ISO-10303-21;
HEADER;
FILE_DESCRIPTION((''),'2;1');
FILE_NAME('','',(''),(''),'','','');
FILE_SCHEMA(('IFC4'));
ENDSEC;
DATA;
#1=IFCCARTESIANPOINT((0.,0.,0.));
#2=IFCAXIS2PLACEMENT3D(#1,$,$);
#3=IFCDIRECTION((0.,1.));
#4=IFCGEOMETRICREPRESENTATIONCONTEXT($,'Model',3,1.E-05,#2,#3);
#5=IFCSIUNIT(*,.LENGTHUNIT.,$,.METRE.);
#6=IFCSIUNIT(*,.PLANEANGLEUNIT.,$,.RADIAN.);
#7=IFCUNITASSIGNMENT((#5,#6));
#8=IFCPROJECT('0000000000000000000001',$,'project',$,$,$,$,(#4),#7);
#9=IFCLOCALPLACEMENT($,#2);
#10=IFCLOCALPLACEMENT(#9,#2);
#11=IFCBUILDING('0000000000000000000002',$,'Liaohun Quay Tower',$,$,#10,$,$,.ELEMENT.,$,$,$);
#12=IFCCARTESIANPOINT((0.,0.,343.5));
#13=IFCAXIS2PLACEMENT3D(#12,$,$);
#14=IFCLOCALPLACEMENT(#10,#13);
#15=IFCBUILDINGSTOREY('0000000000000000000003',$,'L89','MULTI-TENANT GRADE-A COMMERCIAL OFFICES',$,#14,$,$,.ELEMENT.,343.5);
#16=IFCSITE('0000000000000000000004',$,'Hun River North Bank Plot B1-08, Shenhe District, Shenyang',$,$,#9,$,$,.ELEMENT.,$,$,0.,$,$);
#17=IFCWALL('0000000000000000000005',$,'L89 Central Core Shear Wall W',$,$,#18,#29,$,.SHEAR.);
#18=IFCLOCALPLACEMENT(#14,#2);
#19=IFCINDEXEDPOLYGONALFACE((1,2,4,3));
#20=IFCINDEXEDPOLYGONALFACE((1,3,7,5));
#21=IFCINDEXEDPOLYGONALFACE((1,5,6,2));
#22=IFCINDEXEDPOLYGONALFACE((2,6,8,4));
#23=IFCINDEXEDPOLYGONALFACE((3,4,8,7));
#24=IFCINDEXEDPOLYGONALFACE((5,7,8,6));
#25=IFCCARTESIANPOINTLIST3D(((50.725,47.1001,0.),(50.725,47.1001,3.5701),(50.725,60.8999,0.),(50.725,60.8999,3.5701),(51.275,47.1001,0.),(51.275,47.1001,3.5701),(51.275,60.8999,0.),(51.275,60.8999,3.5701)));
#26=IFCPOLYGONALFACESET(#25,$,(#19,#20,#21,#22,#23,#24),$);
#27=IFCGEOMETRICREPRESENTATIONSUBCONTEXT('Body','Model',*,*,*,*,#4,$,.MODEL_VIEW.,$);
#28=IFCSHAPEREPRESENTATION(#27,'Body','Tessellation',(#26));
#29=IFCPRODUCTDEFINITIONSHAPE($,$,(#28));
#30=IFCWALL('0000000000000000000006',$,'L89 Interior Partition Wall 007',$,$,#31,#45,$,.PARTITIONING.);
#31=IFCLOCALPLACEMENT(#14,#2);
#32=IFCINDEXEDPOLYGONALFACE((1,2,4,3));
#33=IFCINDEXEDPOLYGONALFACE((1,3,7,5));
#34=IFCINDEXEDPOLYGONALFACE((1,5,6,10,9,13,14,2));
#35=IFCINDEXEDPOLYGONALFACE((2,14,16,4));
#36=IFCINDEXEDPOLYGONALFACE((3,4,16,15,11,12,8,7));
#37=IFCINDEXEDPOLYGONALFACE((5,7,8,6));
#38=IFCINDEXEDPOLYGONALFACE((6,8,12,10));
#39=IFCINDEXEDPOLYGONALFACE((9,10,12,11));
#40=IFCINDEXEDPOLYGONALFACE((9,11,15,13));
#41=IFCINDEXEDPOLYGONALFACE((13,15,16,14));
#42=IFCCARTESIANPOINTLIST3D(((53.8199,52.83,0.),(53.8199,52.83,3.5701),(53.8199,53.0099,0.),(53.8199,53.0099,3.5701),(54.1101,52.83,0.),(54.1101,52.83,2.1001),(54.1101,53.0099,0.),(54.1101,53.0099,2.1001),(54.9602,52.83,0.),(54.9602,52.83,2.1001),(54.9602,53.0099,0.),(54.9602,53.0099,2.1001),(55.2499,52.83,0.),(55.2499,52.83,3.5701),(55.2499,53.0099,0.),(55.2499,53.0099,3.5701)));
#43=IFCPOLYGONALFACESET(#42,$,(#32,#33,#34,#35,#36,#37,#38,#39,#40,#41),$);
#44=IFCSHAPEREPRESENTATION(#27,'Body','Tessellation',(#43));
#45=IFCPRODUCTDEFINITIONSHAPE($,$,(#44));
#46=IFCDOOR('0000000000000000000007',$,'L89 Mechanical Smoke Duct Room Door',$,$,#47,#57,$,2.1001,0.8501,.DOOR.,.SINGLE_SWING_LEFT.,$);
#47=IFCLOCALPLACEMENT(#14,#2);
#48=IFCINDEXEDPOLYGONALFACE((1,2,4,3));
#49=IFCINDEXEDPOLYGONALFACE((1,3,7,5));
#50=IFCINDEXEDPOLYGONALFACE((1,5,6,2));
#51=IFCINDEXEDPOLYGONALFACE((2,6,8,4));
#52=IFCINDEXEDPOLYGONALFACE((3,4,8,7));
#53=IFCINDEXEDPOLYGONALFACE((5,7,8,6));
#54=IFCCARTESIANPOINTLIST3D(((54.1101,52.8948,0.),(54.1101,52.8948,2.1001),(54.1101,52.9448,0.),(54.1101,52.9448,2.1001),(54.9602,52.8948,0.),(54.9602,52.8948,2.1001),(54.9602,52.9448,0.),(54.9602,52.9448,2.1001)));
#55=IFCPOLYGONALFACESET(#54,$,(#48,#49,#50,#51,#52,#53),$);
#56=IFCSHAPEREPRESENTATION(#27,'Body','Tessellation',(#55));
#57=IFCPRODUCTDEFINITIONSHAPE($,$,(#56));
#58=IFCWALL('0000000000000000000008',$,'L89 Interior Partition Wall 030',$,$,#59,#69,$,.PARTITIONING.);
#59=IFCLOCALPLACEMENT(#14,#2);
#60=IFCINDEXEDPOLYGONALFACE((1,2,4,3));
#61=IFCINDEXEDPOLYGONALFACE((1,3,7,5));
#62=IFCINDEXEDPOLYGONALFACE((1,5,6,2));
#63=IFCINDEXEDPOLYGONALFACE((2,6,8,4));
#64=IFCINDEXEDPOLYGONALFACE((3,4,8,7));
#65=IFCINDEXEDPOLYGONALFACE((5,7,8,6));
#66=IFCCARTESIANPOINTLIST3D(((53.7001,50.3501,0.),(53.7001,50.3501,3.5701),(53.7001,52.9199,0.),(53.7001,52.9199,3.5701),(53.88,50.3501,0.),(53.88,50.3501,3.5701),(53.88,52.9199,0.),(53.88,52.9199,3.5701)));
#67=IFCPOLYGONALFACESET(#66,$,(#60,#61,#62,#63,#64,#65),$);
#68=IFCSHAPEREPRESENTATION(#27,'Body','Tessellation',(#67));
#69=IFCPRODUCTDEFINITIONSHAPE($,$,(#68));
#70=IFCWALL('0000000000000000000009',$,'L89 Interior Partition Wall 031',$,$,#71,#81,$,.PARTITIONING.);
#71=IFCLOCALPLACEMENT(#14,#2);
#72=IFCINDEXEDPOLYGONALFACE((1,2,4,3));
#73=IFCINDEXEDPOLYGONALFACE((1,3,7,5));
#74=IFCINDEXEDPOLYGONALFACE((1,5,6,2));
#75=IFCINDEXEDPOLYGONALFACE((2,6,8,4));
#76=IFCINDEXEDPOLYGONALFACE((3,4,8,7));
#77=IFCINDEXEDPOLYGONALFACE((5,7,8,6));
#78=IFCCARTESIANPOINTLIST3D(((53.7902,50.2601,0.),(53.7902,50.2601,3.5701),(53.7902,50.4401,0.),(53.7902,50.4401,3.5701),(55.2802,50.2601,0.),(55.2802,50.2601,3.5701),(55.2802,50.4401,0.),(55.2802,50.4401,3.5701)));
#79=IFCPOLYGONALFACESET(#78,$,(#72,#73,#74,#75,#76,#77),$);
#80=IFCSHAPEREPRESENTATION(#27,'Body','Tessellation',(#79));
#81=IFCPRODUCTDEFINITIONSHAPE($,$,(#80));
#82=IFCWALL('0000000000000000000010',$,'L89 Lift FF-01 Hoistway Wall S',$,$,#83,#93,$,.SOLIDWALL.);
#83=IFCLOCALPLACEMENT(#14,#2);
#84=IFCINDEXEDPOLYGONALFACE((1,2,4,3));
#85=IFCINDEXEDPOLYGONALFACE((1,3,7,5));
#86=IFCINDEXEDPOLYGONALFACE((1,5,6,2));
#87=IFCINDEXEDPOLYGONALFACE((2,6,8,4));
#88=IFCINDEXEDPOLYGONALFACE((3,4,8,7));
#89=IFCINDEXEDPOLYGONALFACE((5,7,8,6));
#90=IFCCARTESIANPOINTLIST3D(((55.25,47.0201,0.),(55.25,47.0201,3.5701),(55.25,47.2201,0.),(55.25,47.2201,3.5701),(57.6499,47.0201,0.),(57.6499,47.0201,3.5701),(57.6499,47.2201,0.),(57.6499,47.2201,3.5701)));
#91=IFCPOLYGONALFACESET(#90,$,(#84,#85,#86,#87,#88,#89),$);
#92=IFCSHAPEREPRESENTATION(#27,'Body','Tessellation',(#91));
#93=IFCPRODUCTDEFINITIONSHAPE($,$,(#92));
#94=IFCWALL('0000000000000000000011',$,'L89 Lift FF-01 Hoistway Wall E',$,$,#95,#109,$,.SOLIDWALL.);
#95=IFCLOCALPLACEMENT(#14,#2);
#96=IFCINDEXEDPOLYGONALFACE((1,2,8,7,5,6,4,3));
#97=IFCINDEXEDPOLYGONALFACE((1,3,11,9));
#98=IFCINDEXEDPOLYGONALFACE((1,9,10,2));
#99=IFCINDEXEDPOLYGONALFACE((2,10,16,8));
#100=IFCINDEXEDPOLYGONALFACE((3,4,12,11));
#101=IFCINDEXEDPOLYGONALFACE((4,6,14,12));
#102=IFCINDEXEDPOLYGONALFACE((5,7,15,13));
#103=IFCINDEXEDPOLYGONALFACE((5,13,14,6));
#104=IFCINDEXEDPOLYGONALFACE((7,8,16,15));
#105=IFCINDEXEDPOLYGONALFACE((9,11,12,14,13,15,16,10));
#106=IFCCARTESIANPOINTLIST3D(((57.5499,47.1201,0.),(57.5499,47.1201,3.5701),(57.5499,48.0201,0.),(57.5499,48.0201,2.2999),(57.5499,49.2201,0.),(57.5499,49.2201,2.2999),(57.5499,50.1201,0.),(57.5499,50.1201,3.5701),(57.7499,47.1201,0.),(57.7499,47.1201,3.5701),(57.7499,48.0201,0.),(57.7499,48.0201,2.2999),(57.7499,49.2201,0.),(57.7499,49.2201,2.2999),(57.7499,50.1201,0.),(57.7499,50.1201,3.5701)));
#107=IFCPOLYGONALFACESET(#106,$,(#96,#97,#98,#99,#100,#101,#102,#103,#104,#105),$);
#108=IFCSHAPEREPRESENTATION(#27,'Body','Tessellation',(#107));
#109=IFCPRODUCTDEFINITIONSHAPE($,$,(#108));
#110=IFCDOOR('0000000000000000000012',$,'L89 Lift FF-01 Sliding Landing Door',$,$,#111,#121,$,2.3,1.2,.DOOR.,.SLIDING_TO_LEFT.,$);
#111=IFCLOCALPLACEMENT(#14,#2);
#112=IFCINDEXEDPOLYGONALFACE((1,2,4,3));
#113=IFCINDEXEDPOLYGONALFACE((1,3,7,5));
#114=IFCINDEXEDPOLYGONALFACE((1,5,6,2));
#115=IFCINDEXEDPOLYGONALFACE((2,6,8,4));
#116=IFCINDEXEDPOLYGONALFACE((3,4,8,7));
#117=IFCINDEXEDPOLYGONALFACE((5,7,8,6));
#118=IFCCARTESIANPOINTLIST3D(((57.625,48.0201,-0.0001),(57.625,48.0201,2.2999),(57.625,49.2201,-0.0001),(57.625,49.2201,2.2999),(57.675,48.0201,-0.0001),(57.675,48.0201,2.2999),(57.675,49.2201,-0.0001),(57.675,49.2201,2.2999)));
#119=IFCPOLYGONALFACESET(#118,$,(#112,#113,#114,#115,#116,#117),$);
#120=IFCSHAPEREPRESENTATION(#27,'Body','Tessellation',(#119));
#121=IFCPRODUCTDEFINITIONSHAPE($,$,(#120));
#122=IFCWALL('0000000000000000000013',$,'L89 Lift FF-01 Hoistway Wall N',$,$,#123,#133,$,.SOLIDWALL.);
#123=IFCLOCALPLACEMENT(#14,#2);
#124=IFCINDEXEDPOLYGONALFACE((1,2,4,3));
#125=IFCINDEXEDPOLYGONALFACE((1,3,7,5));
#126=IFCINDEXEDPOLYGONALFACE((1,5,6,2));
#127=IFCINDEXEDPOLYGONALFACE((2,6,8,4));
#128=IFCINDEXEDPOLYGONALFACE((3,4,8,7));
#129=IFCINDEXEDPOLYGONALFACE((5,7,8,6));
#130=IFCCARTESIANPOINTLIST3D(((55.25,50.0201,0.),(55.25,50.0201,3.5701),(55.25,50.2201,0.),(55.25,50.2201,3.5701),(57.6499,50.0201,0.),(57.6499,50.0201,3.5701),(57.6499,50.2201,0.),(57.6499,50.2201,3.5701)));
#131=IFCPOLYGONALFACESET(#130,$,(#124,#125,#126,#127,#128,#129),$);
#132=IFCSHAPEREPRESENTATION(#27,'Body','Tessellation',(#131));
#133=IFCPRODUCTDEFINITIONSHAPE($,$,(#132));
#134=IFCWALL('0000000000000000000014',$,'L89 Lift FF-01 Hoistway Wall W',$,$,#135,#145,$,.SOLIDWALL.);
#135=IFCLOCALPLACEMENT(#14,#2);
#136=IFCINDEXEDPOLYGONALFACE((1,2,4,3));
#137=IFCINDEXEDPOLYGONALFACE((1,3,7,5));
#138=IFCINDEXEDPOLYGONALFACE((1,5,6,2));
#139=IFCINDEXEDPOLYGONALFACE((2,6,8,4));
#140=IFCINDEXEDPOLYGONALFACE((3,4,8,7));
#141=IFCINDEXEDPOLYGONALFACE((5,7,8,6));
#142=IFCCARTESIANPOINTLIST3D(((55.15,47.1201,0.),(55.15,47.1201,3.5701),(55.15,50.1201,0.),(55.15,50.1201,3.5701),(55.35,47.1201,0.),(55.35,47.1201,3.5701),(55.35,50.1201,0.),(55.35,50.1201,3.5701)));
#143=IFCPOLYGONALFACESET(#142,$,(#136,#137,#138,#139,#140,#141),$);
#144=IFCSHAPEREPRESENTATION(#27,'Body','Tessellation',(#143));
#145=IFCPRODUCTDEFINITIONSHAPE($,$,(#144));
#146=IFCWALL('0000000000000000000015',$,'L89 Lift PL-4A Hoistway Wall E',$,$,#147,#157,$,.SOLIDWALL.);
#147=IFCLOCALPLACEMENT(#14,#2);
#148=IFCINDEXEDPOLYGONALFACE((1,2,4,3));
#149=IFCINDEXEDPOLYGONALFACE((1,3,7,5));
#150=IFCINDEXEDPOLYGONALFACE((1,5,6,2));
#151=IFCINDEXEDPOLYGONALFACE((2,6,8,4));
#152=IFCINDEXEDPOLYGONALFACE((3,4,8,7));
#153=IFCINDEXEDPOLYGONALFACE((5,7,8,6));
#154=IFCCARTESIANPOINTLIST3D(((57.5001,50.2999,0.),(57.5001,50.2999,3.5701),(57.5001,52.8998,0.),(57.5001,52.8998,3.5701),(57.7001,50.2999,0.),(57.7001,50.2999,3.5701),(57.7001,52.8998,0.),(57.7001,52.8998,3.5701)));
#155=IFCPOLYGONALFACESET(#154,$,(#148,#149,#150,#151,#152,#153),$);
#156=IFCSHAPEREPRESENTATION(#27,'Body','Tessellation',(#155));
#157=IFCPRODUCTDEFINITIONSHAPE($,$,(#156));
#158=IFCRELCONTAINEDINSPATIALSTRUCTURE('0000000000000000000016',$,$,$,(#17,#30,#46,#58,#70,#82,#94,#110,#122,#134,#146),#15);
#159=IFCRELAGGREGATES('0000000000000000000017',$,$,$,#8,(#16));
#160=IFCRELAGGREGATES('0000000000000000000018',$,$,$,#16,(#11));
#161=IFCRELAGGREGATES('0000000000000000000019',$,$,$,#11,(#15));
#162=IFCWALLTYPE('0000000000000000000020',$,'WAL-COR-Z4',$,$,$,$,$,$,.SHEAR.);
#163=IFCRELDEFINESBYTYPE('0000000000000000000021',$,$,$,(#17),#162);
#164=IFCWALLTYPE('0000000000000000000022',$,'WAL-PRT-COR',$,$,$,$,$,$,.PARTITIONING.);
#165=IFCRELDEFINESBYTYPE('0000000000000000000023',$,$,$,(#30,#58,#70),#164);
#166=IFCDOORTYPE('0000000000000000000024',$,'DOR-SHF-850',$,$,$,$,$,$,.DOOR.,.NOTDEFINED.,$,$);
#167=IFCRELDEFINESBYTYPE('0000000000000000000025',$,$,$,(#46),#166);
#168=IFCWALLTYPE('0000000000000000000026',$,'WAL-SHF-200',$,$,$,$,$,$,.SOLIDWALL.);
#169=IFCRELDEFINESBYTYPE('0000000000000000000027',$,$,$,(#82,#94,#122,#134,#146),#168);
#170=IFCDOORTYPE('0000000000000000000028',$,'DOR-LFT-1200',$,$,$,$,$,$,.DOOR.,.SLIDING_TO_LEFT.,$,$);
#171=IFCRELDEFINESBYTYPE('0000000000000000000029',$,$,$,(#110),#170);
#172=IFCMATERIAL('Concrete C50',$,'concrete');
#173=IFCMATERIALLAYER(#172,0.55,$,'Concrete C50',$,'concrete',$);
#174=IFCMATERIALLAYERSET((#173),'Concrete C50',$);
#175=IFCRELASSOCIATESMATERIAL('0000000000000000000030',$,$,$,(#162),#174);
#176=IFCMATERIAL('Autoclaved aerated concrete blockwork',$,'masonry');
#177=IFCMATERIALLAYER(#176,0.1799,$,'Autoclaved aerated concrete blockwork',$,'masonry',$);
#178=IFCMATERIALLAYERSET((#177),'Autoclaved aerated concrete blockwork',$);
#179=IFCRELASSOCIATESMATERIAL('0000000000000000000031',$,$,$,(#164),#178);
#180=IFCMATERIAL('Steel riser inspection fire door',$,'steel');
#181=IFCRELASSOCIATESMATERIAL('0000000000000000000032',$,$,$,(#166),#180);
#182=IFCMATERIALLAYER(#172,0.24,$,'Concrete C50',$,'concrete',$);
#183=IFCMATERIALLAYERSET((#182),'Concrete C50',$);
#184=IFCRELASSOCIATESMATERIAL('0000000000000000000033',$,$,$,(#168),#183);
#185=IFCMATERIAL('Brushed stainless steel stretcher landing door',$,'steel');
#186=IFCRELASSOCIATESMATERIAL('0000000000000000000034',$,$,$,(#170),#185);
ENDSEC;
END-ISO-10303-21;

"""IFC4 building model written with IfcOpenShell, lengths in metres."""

from ifc_helpers import new_model, si_unit, direction, frame, frame_2d, origin, place, context, subcontext, project, spatial, rectangle, extrude, source, transform, mapped, material, layer, layer_set, type_object, element, fill, save


model = new_model("IFC4")

# Units and contexts
model_context = context("Model", 3, precision=1e-05, world=origin(), true_north=direction((0.0, 1.0)))
body_context = subcontext(model_context, "Body", "Model", "MODEL_VIEW")
ifc_project = project(units=[si_unit("LENGTHUNIT", "METRE"), si_unit("PLANEANGLEUNIT", "RADIAN")], contexts=[model_context])

# Site, building, storey
site_placement = place(None, origin())
site = spatial("IfcSite", under=ifc_project, at=site_placement, Name="Hun River North Bank Plot B1-08, Shenhe District, Shenyang", CompositionType="ELEMENT", RefElevation=0.0)
building_placement = place(site_placement, origin())
building = spatial("IfcBuilding", under=site, at=building_placement, Name="Liaohun Quay Tower", CompositionType="ELEMENT")
storey_placement = place(building_placement, frame((0.0, 0.0, 343.5)))
storey = spatial("IfcBuildingStorey", under=building, at=storey_placement, Name="L89", Description="MULTI-TENANT GRADE-A COMMERCIAL OFFICES", CompositionType="ELEMENT", Elevation=343.5)

# Wall
ifc_material_1 = material(Name="Concrete C50", Category="concrete")
ifc_layer_1 = layer(ifc_material_1, 0.55, Name="Concrete C50", Category="concrete")
ifc_layer_set_1 = layer_set([ifc_layer_1], Name="Concrete C50")
wall_type_1 = type_object("IfcWallType", Name="WAL-COR-Z4", PredefinedType="SHEAR", material=ifc_layer_set_1)
wall_1_placement = place(storey_placement, frame((51.0, 47.1001, 0.0), z_axis=(0.0, 0.0, 1.0), x_axis=(0.0, 1.0, 0.0)))
element("IfcWall", 1, at=wall_1_placement, inside=storey, type_object=wall_type_1, Name="L89 Central Core Shear Wall W", PredefinedType="SHEAR", context=body_context, shape_type="SweptSolid", body=[
    extrude(rectangle(XDim=13.7998, YDim=0.55, at=frame_2d((6.8999, 0.0))), origin(), (0.0, 0.0, 1.0), 3.5701),
])

# Wall, opening, door
ifc_material_2 = material(Name="Autoclaved aerated concrete blockwork", Category="masonry")
ifc_layer_2 = layer(ifc_material_2, 0.1799, Name="Autoclaved aerated concrete blockwork", Category="masonry")
ifc_layer_set_2 = layer_set([ifc_layer_2], Name="Autoclaved aerated concrete blockwork")
wall_type_2 = type_object("IfcWallType", Name="WAL-PRT-COR", PredefinedType="PARTITIONING", material=ifc_layer_set_2)
wall_2_placement = place(storey_placement, frame((53.8201, 52.9199, 0.0), z_axis=(0.0, 0.0, 1.0), x_axis=(1.0, 0.0, 0.0)))
wall_2 = element("IfcWall", 2, at=wall_2_placement, inside=storey, type_object=wall_type_2, Name="L89 Interior Partition Wall 007", PredefinedType="PARTITIONING", context=body_context, shape_type="SweptSolid", body=[
    extrude(rectangle(XDim=1.4299, YDim=0.1799, at=frame_2d((0.7148, 0.0))), origin(), (0.0, 0.0, 1.0), 3.5701),
])
shared_shape_1 = source(origin(), body_context, "Body", "SweptSolid", [
    extrude(rectangle(XDim=0.8501, YDim=2.1001, at=frame_2d((0.425, 1.05))), frame((0.0, 0.0999, 0.0), z_axis=(0.0, -1.0, 0.0), x_axis=(1.0, 0.0, 0.0)), (0.0, 0.0, 1.0), 0.2),
])
opening_1_placement = place(wall_2_placement, frame((0.29, 0.0, 0.0)))
opening_1 = element("IfcOpeningElement", 3, at=opening_1_placement, cuts=wall_2, PredefinedType="OPENING", context=body_context, shape_type="MappedRepresentation", body=[
    mapped(shared_shape_1, transform((0.0, 0.0, 0.0), x_axis=(1.0, 0.0, 0.0), y_axis=(0.0, 1.0, 0.0), z_axis=(0.0, 0.0, 1.0), scale=1.0)),
])
ifc_material_3 = material(Name="Steel riser inspection fire door", Category="steel")
door_type_1 = type_object("IfcDoorType", Name="DOR-SHF-850", OperationType="NOTDEFINED", PredefinedType="DOOR", material=ifc_material_3)
shared_shape_2 = source(origin(), body_context, "Body", "SweptSolid", [
    extrude(rectangle(XDim=0.8501, YDim=2.1001, at=frame_2d((0.425, 1.05))), frame((0.0, 0.0249, 0.0), z_axis=(0.0, -1.0, 0.0), x_axis=(1.0, 0.0, 0.0)), (0.0, 0.0, 1.0), 0.05),
])
door_1_placement = place(opening_1_placement, origin())
door_1 = element("IfcDoor", 4, at=door_1_placement, inside=storey, type_object=door_type_1, Name="L89 Mechanical Smoke Duct Room Door", OperationType="SINGLE_SWING_LEFT", OverallHeight=2.1001, OverallWidth=0.8501, PredefinedType="DOOR", context=body_context, shape_type="MappedRepresentation", body=[
    mapped(shared_shape_2, transform((0.0, 0.0, 0.0), x_axis=(1.0, 0.0, 0.0), y_axis=(0.0, 1.0, 0.0), z_axis=(0.0, 0.0, 1.0), scale=1.0)),
])
fill(opening_1, door_1)

# Walls
wall_3_placement = place(storey_placement, frame((53.79, 50.3501, 0.0), z_axis=(0.0, 0.0, 1.0), x_axis=(0.0, 1.0, 0.0)))
element("IfcWall", 5, at=wall_3_placement, inside=storey, type_object=wall_type_2, Name="L89 Interior Partition Wall 030", PredefinedType="PARTITIONING", context=body_context, shape_type="SweptSolid", body=[
    extrude(rectangle(XDim=2.5698, YDim=0.1799, at=frame_2d((1.2849, 0.0))), origin(), (0.0, 0.0, 1.0), 3.5701),
])
wall_4_placement = place(storey_placement, frame((53.79, 50.3501, 0.0), z_axis=(0.0, 0.0, 1.0), x_axis=(1.0, 0.0, 0.0)))
element("IfcWall", 6, at=wall_4_placement, inside=storey, type_object=wall_type_2, Name="L89 Interior Partition Wall 031", PredefinedType="PARTITIONING", context=body_context, shape_type="SweptSolid", body=[
    extrude(rectangle(XDim=1.49, YDim=0.1799, at=frame_2d((0.7451, 0.0))), origin(), (0.0, 0.0, 1.0), 3.5701),
])
ifc_layer_3 = layer(ifc_material_1, 0.24, Name="Concrete C50", Category="concrete")
ifc_layer_set_3 = layer_set([ifc_layer_3], Name="Concrete C50")
wall_type_3 = type_object("IfcWallType", Name="WAL-SHF-200", PredefinedType="SOLIDWALL", material=ifc_layer_set_3)
wall_5_placement = place(storey_placement, frame((55.25, 47.1201, 0.0), z_axis=(0.0, 0.0, 1.0), x_axis=(1.0, 0.0, 0.0)))
element("IfcWall", 7, at=wall_5_placement, inside=storey, type_object=wall_type_3, Name="L89 Lift FF-01 Hoistway Wall S", PredefinedType="SOLIDWALL", context=body_context, shape_type="SweptSolid", body=[
    extrude(rectangle(XDim=2.3999, YDim=0.2, at=frame_2d((1.2, 0.0))), origin(), (0.0, 0.0, 1.0), 3.5701),
])

# Wall, opening, door
wall_6_placement = place(storey_placement, frame((57.6499, 47.1201, 0.0), z_axis=(0.0, 0.0, 1.0), x_axis=(0.0, 1.0, 0.0)))
wall_6 = element("IfcWall", 8, at=wall_6_placement, inside=storey, type_object=wall_type_3, Name="L89 Lift FF-01 Hoistway Wall E", PredefinedType="SOLIDWALL", context=body_context, shape_type="SweptSolid", body=[
    extrude(rectangle(XDim=3.0, YDim=0.2, at=frame_2d((1.5, 0.0))), origin(), (0.0, 0.0, 1.0), 3.5701),
])
shared_shape_3 = source(origin(), body_context, "Body", "SweptSolid", [
    extrude(rectangle(XDim=1.2, YDim=2.3, at=frame_2d((0.6001, 1.1499))), frame((0.0, 0.1099, 0.0), z_axis=(0.0, -1.0, 0.0), x_axis=(1.0, 0.0, 0.0)), (0.0, 0.0, 1.0), 0.22),
])
opening_2_placement = place(wall_6_placement, frame((0.8999, 0.0, 0.0)))
opening_2 = element("IfcOpeningElement", 9, at=opening_2_placement, cuts=wall_6, PredefinedType="OPENING", context=body_context, shape_type="MappedRepresentation", body=[
    mapped(shared_shape_3, transform((0.0, 0.0, 0.0), x_axis=(1.0, 0.0, 0.0), y_axis=(0.0, 1.0, 0.0), z_axis=(0.0, 0.0, 1.0), scale=1.0)),
])
ifc_material_4 = material(Name="Brushed stainless steel stretcher landing door", Category="steel")
door_type_2 = type_object("IfcDoorType", Name="DOR-LFT-1200", OperationType="SLIDING_TO_LEFT", PredefinedType="DOOR", material=ifc_material_4)
shared_shape_4 = source(origin(), body_context, "Body", "SweptSolid", [
    extrude(rectangle(XDim=1.2, YDim=2.3, at=frame_2d((0.6001, 1.1499))), frame((0.0, 0.0249, 0.0), z_axis=(0.0, -1.0, 0.0), x_axis=(1.0, 0.0, 0.0)), (0.0, 0.0, 1.0), 0.05),
])
door_2_placement = place(opening_2_placement, origin())
door_2 = element("IfcDoor", 10, at=door_2_placement, inside=storey, type_object=door_type_2, Name="L89 Lift FF-01 Sliding Landing Door", OperationType="SLIDING_TO_LEFT", OverallHeight=2.3, OverallWidth=1.2, PredefinedType="DOOR", context=body_context, shape_type="MappedRepresentation", body=[
    mapped(shared_shape_4, transform((0.0, 0.0, 0.0), x_axis=(1.0, 0.0, 0.0), y_axis=(0.0, 1.0, 0.0), z_axis=(0.0, 0.0, 1.0), scale=1.0)),
])
fill(opening_2, door_2)

# Walls
wall_7_placement = place(storey_placement, frame((57.6499, 50.1201, 0.0), z_axis=(0.0, 0.0, 1.0), x_axis=(-1.0, 0.0, 0.0)))
element("IfcWall", 11, at=wall_7_placement, inside=storey, type_object=wall_type_3, Name="L89 Lift FF-01 Hoistway Wall N", PredefinedType="SOLIDWALL", context=body_context, shape_type="SweptSolid", body=[
    extrude(rectangle(XDim=2.3999, YDim=0.2, at=frame_2d((1.2, 0.0))), origin(), (0.0, 0.0, 1.0), 3.5701),
])
wall_8_placement = place(storey_placement, frame((55.25, 50.1201, 0.0), z_axis=(0.0, 0.0, 1.0), x_axis=(0.0, -1.0, 0.0)))
element("IfcWall", 12, at=wall_8_placement, inside=storey, type_object=wall_type_3, Name="L89 Lift FF-01 Hoistway Wall W", PredefinedType="SOLIDWALL", context=body_context, shape_type="SweptSolid", body=[
    extrude(rectangle(XDim=3.0, YDim=0.2, at=frame_2d((1.5, 0.0))), origin(), (0.0, 0.0, 1.0), 3.5701),
])
wall_9_placement = place(storey_placement, frame((57.6001, 50.3, 0.0), z_axis=(0.0, 0.0, 1.0), x_axis=(0.0, 1.0, 0.0)))
element("IfcWall", 13, at=wall_9_placement, inside=storey, type_object=wall_type_3, Name="L89 Lift PL-4A Hoistway Wall E", PredefinedType="SOLIDWALL", context=body_context, shape_type="SweptSolid", body=[
    extrude(rectangle(XDim=2.5999, YDim=0.2, at=frame_2d((1.2998, 0.0))), origin(), (0.0, 0.0, 1.0), 3.5701),
])

save(model, "model.ifc")
